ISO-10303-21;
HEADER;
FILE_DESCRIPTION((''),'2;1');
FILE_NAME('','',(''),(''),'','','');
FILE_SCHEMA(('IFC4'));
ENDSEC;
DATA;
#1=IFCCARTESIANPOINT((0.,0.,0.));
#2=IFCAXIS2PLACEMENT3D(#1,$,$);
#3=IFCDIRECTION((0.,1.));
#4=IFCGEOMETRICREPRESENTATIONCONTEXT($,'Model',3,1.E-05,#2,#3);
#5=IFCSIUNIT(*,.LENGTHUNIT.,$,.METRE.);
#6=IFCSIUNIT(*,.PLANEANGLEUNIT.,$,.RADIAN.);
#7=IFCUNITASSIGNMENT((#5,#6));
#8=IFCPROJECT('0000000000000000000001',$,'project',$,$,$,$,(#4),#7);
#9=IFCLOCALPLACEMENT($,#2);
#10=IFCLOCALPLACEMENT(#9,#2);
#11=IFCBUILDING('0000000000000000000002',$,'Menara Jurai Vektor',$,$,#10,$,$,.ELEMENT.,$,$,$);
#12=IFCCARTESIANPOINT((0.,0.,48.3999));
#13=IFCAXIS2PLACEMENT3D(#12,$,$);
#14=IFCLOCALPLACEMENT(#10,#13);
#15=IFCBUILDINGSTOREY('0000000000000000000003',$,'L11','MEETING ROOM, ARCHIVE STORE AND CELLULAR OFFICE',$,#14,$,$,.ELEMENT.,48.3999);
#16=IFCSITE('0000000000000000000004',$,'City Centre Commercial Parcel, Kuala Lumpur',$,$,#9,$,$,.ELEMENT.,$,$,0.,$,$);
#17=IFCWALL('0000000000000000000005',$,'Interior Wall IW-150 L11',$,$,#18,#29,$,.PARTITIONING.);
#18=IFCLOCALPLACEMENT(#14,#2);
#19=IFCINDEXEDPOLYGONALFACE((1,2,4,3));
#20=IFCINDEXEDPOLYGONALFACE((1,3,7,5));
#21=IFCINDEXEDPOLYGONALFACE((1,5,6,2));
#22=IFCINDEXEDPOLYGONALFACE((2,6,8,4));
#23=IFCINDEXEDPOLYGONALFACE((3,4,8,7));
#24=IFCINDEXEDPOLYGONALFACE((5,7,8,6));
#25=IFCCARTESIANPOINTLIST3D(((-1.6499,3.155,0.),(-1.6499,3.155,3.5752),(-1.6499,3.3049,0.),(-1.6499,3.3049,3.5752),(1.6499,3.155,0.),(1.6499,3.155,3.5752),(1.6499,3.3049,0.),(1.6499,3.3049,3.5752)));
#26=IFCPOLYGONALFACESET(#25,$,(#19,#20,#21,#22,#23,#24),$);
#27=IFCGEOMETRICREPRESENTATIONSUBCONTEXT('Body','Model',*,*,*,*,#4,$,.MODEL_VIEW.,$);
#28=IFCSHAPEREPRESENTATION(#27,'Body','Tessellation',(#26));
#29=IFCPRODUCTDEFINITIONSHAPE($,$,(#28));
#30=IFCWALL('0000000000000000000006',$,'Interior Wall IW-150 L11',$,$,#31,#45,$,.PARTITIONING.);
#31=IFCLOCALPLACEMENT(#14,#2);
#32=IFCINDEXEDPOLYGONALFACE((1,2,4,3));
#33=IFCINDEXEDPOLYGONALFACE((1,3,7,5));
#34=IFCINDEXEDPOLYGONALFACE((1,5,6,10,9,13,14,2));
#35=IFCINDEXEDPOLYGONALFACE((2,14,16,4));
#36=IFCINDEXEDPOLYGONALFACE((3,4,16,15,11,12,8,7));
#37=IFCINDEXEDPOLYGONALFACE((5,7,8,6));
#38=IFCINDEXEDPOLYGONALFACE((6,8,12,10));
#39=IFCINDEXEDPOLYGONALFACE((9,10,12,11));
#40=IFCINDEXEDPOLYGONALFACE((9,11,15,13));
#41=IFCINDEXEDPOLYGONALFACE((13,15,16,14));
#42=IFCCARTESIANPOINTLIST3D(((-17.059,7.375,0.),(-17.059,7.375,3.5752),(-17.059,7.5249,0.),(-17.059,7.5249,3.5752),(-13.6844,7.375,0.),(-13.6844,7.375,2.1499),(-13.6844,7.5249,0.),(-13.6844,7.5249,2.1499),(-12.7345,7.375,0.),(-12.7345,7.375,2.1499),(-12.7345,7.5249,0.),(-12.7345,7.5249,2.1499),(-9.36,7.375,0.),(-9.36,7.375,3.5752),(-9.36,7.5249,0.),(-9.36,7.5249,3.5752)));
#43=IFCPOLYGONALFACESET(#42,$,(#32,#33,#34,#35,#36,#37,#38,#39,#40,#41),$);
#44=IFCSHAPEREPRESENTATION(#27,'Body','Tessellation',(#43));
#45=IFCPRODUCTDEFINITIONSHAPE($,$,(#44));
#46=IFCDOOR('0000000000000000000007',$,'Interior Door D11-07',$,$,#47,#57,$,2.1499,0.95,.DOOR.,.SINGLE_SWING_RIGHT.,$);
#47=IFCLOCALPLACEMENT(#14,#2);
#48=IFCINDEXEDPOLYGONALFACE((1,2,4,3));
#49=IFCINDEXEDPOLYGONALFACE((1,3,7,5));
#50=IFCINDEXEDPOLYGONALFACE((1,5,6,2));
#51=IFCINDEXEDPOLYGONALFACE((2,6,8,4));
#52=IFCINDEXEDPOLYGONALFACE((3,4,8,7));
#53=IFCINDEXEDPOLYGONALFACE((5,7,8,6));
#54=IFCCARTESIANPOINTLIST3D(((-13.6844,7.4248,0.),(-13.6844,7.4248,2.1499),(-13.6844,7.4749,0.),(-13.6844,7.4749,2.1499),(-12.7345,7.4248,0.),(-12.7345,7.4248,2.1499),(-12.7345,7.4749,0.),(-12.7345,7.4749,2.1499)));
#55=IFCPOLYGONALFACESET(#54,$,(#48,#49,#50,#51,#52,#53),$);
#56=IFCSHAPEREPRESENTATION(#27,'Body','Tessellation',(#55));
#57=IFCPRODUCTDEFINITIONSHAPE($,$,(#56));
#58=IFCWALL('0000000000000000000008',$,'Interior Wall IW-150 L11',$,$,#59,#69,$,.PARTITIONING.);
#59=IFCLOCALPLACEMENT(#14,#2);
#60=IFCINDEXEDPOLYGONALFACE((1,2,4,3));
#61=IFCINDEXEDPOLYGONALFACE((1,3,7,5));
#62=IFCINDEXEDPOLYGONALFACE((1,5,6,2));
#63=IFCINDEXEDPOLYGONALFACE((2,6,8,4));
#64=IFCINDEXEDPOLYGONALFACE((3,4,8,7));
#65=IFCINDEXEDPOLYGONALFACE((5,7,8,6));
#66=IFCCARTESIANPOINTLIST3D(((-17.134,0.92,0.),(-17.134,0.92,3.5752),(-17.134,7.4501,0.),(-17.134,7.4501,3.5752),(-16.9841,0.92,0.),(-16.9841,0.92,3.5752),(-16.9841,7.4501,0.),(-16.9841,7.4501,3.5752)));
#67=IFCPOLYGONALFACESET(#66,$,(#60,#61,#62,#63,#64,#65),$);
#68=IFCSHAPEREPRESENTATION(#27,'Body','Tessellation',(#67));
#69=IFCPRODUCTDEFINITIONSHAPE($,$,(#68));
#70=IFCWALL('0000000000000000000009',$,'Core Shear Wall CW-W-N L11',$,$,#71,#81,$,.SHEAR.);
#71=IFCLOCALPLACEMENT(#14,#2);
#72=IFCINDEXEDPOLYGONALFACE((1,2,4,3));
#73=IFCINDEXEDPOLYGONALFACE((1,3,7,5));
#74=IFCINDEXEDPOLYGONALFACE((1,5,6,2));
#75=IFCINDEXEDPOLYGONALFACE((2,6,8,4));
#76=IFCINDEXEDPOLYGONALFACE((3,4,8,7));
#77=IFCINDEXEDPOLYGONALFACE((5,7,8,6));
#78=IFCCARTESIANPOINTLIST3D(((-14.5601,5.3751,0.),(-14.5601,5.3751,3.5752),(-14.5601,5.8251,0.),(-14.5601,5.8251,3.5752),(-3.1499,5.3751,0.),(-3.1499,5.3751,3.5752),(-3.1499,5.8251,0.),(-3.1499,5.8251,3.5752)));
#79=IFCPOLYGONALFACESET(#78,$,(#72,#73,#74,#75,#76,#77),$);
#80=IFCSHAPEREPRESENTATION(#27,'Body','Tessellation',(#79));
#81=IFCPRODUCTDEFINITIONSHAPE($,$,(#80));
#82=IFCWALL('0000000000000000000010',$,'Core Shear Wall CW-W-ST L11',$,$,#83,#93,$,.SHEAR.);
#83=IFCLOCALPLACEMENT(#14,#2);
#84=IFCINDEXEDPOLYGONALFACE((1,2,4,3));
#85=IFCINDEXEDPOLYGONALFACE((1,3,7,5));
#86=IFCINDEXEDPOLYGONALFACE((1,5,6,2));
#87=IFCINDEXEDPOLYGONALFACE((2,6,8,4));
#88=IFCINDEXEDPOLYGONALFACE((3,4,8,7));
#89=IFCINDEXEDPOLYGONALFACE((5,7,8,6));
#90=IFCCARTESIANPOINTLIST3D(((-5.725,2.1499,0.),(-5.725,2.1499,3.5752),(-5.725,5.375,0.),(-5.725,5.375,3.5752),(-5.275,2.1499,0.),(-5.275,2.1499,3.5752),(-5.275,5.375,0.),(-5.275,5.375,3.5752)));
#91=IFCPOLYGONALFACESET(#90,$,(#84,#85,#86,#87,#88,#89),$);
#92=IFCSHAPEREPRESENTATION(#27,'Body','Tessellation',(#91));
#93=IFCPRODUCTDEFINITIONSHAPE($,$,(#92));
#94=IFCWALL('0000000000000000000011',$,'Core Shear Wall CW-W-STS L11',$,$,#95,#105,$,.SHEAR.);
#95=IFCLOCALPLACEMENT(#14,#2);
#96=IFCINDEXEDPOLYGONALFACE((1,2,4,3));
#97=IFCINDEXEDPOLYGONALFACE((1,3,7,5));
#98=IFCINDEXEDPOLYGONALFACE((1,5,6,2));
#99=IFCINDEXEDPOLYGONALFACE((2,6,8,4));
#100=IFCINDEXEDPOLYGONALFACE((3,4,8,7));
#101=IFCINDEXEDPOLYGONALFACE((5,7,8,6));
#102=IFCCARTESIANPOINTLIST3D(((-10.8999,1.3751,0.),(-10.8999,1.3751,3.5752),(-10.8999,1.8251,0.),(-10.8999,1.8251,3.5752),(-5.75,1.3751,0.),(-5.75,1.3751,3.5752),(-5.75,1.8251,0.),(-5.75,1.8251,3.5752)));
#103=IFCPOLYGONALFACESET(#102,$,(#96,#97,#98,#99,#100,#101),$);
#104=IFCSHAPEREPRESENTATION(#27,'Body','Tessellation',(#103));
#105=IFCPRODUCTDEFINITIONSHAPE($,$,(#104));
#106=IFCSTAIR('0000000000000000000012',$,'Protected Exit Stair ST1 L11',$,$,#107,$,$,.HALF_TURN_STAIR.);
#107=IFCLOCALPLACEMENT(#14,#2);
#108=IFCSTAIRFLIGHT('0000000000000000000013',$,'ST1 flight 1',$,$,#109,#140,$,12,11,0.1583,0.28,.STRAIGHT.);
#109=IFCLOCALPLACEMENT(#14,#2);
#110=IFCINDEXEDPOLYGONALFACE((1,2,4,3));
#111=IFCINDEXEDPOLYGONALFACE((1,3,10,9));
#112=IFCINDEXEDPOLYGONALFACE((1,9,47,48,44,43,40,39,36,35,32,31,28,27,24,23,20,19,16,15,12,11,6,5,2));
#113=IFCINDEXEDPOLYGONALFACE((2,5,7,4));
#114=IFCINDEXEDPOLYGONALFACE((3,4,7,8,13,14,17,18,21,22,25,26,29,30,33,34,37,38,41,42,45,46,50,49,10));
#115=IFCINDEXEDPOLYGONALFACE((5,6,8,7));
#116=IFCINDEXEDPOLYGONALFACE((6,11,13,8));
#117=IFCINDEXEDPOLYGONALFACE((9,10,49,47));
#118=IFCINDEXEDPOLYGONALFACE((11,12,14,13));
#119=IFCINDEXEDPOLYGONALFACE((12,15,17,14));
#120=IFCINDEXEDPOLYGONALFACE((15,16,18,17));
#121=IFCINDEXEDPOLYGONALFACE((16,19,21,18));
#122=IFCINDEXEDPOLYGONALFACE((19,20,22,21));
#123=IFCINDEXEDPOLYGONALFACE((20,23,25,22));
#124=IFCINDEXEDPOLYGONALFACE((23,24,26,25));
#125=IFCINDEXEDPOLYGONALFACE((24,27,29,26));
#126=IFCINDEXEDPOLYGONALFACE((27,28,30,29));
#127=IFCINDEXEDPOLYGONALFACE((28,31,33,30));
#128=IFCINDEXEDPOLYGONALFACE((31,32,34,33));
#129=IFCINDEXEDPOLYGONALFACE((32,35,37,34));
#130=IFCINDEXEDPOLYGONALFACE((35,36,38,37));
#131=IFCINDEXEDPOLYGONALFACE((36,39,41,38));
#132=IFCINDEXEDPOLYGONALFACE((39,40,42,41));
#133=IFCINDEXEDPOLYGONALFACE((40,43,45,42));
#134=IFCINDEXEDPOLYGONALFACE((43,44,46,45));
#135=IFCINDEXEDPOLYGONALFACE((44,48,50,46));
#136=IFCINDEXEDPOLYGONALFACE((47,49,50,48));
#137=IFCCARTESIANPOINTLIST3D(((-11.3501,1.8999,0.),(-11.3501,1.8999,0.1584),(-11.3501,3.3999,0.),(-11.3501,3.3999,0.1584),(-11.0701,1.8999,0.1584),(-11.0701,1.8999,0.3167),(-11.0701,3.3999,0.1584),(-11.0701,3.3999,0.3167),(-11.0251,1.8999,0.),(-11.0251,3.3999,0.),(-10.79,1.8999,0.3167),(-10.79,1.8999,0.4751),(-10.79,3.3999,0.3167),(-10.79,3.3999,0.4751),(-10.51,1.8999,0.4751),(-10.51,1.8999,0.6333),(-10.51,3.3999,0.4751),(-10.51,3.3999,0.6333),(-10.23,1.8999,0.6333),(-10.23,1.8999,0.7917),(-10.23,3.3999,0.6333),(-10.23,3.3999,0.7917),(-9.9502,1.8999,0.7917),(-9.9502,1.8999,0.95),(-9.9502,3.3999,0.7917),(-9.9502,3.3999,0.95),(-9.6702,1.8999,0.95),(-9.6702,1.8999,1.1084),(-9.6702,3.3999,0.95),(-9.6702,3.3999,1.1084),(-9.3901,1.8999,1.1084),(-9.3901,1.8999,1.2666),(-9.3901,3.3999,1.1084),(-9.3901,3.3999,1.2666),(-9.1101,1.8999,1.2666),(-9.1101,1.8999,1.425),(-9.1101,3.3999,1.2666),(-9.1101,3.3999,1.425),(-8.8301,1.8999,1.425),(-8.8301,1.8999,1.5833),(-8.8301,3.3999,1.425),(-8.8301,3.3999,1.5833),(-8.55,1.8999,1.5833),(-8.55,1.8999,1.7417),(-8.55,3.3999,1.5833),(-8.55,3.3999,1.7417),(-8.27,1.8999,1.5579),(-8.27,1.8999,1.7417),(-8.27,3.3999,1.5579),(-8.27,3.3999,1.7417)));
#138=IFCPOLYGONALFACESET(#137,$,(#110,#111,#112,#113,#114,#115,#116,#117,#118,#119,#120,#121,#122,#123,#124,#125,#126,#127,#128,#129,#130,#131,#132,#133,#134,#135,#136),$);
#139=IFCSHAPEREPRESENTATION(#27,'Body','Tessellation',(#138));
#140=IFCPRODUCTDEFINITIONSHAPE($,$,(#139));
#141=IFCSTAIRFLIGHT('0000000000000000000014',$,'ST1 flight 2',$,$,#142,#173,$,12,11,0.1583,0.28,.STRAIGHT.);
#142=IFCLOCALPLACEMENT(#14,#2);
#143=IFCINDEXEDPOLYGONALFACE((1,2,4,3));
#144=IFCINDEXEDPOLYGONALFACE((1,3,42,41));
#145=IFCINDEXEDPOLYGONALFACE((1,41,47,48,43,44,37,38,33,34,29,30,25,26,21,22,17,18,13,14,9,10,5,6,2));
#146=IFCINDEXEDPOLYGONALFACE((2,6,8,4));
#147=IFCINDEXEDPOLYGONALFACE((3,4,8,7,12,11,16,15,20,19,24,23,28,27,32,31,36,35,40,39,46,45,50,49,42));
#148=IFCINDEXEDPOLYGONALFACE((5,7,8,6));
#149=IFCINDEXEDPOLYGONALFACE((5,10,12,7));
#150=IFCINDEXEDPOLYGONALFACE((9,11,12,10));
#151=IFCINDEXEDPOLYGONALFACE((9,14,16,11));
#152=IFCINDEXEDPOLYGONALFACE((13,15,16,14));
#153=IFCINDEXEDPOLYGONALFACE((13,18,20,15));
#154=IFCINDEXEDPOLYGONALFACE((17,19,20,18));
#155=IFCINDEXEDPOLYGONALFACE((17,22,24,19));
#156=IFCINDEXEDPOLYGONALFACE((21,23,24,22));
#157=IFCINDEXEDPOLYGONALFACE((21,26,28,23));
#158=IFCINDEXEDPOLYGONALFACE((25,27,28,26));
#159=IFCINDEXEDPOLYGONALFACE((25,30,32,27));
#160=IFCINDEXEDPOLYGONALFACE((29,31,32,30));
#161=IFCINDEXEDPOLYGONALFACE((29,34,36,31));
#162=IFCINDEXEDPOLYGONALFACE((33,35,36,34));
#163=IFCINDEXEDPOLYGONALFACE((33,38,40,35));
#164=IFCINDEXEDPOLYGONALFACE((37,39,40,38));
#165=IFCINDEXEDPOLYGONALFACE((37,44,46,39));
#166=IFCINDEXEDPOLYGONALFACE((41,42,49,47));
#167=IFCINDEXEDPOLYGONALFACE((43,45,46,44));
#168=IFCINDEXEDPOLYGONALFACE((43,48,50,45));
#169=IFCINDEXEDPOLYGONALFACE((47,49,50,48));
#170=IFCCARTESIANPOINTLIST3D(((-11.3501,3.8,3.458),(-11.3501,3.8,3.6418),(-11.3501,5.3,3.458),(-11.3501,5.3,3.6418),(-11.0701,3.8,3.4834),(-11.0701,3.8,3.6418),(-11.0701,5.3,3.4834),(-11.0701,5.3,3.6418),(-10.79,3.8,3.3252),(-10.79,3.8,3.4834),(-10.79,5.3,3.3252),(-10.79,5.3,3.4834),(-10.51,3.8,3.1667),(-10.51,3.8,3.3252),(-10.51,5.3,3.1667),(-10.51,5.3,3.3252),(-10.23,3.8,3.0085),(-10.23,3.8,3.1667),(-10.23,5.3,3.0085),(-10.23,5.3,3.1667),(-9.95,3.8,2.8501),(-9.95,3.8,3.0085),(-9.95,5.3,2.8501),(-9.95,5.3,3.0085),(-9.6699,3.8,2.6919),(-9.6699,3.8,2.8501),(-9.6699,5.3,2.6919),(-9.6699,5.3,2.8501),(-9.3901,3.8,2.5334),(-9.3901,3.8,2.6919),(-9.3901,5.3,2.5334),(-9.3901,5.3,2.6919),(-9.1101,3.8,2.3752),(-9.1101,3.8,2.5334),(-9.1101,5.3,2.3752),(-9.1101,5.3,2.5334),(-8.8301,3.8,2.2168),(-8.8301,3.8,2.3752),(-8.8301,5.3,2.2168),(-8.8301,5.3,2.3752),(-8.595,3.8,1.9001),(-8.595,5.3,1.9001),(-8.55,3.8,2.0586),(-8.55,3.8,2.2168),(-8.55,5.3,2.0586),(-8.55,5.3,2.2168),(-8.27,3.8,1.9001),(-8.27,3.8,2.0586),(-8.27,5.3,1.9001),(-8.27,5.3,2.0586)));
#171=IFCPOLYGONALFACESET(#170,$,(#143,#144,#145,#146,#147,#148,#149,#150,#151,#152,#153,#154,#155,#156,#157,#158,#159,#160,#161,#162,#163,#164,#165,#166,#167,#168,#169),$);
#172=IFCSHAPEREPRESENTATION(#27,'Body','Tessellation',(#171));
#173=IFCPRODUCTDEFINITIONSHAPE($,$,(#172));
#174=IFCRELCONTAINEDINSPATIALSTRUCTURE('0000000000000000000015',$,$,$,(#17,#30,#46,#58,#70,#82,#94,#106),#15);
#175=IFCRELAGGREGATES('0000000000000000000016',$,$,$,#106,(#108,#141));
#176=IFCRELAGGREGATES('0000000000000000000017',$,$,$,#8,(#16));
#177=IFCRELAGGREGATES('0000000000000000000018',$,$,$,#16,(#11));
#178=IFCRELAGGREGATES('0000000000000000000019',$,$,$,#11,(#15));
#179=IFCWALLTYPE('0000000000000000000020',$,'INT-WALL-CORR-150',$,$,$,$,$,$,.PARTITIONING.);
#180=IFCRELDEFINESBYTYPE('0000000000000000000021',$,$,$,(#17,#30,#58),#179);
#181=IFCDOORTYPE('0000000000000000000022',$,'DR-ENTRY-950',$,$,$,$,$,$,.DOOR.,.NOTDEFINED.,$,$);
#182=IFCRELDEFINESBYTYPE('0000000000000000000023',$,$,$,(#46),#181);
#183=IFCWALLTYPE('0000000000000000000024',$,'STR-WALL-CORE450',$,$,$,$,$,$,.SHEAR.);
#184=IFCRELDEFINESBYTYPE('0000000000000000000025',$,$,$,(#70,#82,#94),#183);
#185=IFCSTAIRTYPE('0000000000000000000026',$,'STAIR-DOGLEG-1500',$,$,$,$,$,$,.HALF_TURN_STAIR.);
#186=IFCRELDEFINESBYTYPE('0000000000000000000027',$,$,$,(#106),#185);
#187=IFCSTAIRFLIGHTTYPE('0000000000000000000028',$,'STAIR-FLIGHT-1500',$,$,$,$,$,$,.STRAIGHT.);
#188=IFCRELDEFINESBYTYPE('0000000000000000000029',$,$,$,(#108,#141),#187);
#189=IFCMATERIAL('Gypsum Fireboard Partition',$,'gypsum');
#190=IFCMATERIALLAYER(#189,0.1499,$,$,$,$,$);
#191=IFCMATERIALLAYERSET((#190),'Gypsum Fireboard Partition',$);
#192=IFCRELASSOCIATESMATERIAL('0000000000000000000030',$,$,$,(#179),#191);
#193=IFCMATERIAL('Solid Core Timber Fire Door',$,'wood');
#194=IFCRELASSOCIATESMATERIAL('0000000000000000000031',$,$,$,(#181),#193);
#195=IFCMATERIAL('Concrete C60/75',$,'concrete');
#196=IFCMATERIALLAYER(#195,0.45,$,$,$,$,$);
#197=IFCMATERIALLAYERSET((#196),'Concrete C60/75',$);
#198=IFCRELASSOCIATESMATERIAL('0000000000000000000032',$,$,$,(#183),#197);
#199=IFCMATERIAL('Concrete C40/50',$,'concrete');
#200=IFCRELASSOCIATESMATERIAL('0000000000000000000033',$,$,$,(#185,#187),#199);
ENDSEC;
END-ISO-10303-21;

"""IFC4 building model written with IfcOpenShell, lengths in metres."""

from ifc_helpers import new_model, si_unit, direction, frame, frame_2d, origin, place, context, subcontext, project, spatial, polyline, rectangle, outline, extrude, material, layer, layer_set, type_object, element, fill, aggregate, save


model = new_model("IFC4")

# Units and contexts
model_context = context("Model", 3, precision=1e-05, world=origin(), true_north=direction((0.0, 1.0)))
body_context = subcontext(model_context, "Body", "Model", "MODEL_VIEW")
ifc_project = project(units=[si_unit("LENGTHUNIT", "METRE"), si_unit("PLANEANGLEUNIT", "RADIAN")], contexts=[model_context])

# Site, building, storey
site_placement = place(None, origin())
site = spatial("IfcSite", under=ifc_project, at=site_placement, Name="City Centre Commercial Parcel, Kuala Lumpur", CompositionType="ELEMENT", RefElevation=0.0)
building_placement = place(site_placement, origin())
building = spatial("IfcBuilding", under=site, at=building_placement, Name="Menara Jurai Vektor", CompositionType="ELEMENT")
storey_placement = place(building_placement, frame((0.0, 0.0, 48.3999)))
storey = spatial("IfcBuildingStorey", under=building, at=storey_placement, Name="L11", Description="MEETING ROOM, ARCHIVE STORE AND CELLULAR OFFICE", CompositionType="ELEMENT", Elevation=48.3999)

# Shared definitions
ifc_material_1 = material(Name="Concrete C60/75", Category="concrete")

# Shared definitions
ifc_material_2 = material(Name="Concrete C40/50", Category="concrete")

# Wall
ifc_material_3 = material(Name="Gypsum Fireboard Partition", Category="gypsum")
ifc_layer_1 = layer(ifc_material_3, 0.1499)
ifc_layer_set_1 = layer_set([ifc_layer_1], Name="Gypsum Fireboard Partition")
wall_type_1 = type_object("IfcWallType", Name="INT-WALL-CORR-150", PredefinedType="PARTITIONING", material=ifc_layer_set_1)
wall_1_placement = place(storey_placement, frame((-1.6499, 3.23, 0.0), z_axis=(0.0, 0.0, 1.0), x_axis=(1.0, 0.0, 0.0)))
element("IfcWall", 1, at=wall_1_placement, inside=storey, type_object=wall_type_1, Name="Interior Wall IW-150 L11", PredefinedType="PARTITIONING", context=body_context, shape_type="SweptSolid", body=[
    extrude(rectangle(XDim=3.2998, YDim=0.1499, at=frame_2d((1.6499, 0.0))), origin(), (0.0, 0.0, 1.0), 3.5752),
])

# Wall, opening, door
wall_2_placement = place(storey_placement, frame((-17.0591, 7.45, 0.0), z_axis=(0.0, 0.0, 1.0), x_axis=(1.0, 0.0, 0.0)))
wall_2 = element("IfcWall", 2, at=wall_2_placement, inside=storey, type_object=wall_type_1, Name="Interior Wall IW-150 L11", PredefinedType="PARTITIONING", context=body_context, shape_type="SweptSolid", body=[
    extrude(rectangle(XDim=7.699, YDim=0.1499, at=frame_2d((3.8496, 0.0))), origin(), (0.0, 0.0, 1.0), 3.5752),
])
opening_1_placement = place(wall_2_placement, frame((3.3745, 0.0, 0.0)))
opening_1 = element("IfcOpeningElement", 3, at=opening_1_placement, cuts=wall_2, PredefinedType="OPENING", context=body_context, shape_type="SweptSolid", body=[
    extrude(rectangle(XDim=0.95, YDim=2.1499, at=frame_2d((0.4751, 1.075))), frame((0.0, 0.085, 0.0), z_axis=(0.0, -1.0, 0.0), x_axis=(1.0, 0.0, 0.0)), (0.0, 0.0, 1.0), 0.1699),
])
ifc_material_4 = material(Name="Solid Core Timber Fire Door", Category="wood")
door_type_1 = type_object("IfcDoorType", Name="DR-ENTRY-950", OperationType="NOTDEFINED", PredefinedType="DOOR", material=ifc_material_4)
door_1_placement = place(opening_1_placement, origin())
door_1 = element("IfcDoor", 4, at=door_1_placement, inside=storey, type_object=door_type_1, Name="Interior Door D11-07", OperationType="SINGLE_SWING_RIGHT", OverallHeight=2.1499, OverallWidth=0.95, PredefinedType="DOOR", context=body_context, shape_type="SweptSolid", body=[
    extrude(rectangle(XDim=0.95, YDim=2.1499, at=frame_2d((0.4751, 1.075))), frame((0.0, 0.0249, 0.0), z_axis=(0.0, -1.0, 0.0), x_axis=(1.0, 0.0, 0.0)), (0.0, 0.0, 1.0), 0.05),
])
fill(opening_1, door_1)

# Walls
wall_3_placement = place(storey_placement, frame((-17.0591, 0.9199, 0.0), z_axis=(0.0, 0.0, 1.0), x_axis=(0.0, 1.0, 0.0)))
element("IfcWall", 5, at=wall_3_placement, inside=storey, type_object=wall_type_1, Name="Interior Wall IW-150 L11", PredefinedType="PARTITIONING", context=body_context, shape_type="SweptSolid", body=[
    extrude(rectangle(XDim=6.53, YDim=0.1499, at=frame_2d((3.2651, 0.0))), origin(), (0.0, 0.0, 1.0), 3.5752),
])
ifc_layer_2 = layer(ifc_material_1, 0.45)
ifc_layer_set_2 = layer_set([ifc_layer_2], Name="Concrete C60/75")
wall_type_2 = type_object("IfcWallType", Name="STR-WALL-CORE450", PredefinedType="SHEAR", material=ifc_layer_set_2)
wall_4_placement = place(storey_placement, frame((-14.5601, 5.6001, 0.0), z_axis=(0.0, 0.0, 1.0), x_axis=(1.0, 0.0, 0.0)))
element("IfcWall", 6, at=wall_4_placement, inside=storey, type_object=wall_type_2, Name="Core Shear Wall CW-W-N L11", PredefinedType="SHEAR", context=body_context, shape_type="SweptSolid", body=[
    extrude(rectangle(XDim=11.4102, YDim=0.45, at=frame_2d((5.7051, 0.0))), origin(), (0.0, 0.0, 1.0), 3.5752),
])
wall_5_placement = place(storey_placement, frame((-5.5, 2.1499, 0.0), z_axis=(0.0, 0.0, 1.0), x_axis=(0.0, 1.0, 0.0)))
element("IfcWall", 7, at=wall_5_placement, inside=storey, type_object=wall_type_2, Name="Core Shear Wall CW-W-ST L11", PredefinedType="SHEAR", context=body_context, shape_type="SweptSolid", body=[
    extrude(rectangle(XDim=3.2251, YDim=0.45, at=frame_2d((1.6125, 0.0))), origin(), (0.0, 0.0, 1.0), 3.5752),
])
wall_6_placement = place(storey_placement, frame((-10.8999, 1.6001, 0.0), z_axis=(0.0, 0.0, 1.0), x_axis=(1.0, 0.0, 0.0)))
element("IfcWall", 8, at=wall_6_placement, inside=storey, type_object=wall_type_2, Name="Core Shear Wall CW-W-STS L11", PredefinedType="SHEAR", context=body_context, shape_type="SweptSolid", body=[
    extrude(rectangle(XDim=5.1499, YDim=0.45, at=frame_2d((2.575, 0.0))), origin(), (0.0, 0.0, 1.0), 3.5752),
])

# Stair, stair flights
stair_type = type_object("IfcStairType", Name="STAIR-DOGLEG-1500", PredefinedType="HALF_TURN_STAIR", material=ifc_material_2)
stair_placement = place(storey_placement, origin())
stair = element("IfcStair", 9, at=stair_placement, inside=storey, type_object=stair_type, Name="Protected Exit Stair ST1 L11", PredefinedType="HALF_TURN_STAIR")
stair_flight_type = type_object("IfcStairFlightType", Name="STAIR-FLIGHT-1500", PredefinedType="STRAIGHT", material=ifc_material_2)
stair_flight_1_placement = place(storey_placement, frame((-11.3501, 2.6499, 0.0), z_axis=(0.0, 0.0, 1.0), x_axis=(1.0, 0.0, 0.0)))
stair_flight_1 = element("IfcStairFlight", 10, at=stair_flight_1_placement, type_object=stair_flight_type, Name="ST1 flight 1", NumberOfRisers=12, NumberOfTreads=11, PredefinedType="STRAIGHT", RiserHeight=0.1583, TreadLength=0.28, context=body_context, shape_type="SweptSolid", body=[
    extrude(outline(polyline([(0.0, 0.0), (0.0, 0.1584), (0.28, 0.1584), (0.28, 0.3167), (0.5601, 0.3167), (0.5601, 0.4751), (0.8401, 0.4751), (0.8401, 0.6333), (1.1201, 0.6333), (1.1201, 0.7917), (1.3999, 0.7917), (1.3999, 0.95), (1.6799, 0.95), (1.6799, 1.1084), (1.96, 1.1084), (1.96, 1.2666), (2.24, 1.2666), (2.24, 1.425), (2.52, 1.425), (2.52, 1.5833), (2.8, 1.5833), (2.8, 1.7417), (3.0801, 1.7417), (3.0801, 1.8999), (3.0801, 1.5579), (0.325, 0.0), (0.0, 0.0)])), frame((0.0, 0.75, 0.0), z_axis=(0.0, -1.0, 0.0), x_axis=(1.0, 0.0, 0.0)), (0.0, 0.0, 1.0), 1.5),
])
stair_flight_2_placement = place(storey_placement, frame((-8.27, 4.55, 1.9001), z_axis=(0.0, 0.0, 1.0), x_axis=(-1.0, 0.0, 0.0)))
stair_flight_2 = element("IfcStairFlight", 11, at=stair_flight_2_placement, type_object=stair_flight_type, Name="ST1 flight 2", NumberOfRisers=12, NumberOfTreads=11, PredefinedType="STRAIGHT", RiserHeight=0.1583, TreadLength=0.28, context=body_context, shape_type="SweptSolid", body=[
    extrude(outline(polyline([(0.0, 0.0), (0.0, 0.1584), (0.28, 0.1584), (0.28, 0.3167), (0.5601, 0.3167), (0.5601, 0.4751), (0.8401, 0.4751), (0.8401, 0.6333), (1.1201, 0.6333), (1.1201, 0.7917), (1.3999, 0.7917), (1.3999, 0.95), (1.6799, 0.95), (1.6799, 1.1084), (1.96, 1.1084), (1.96, 1.2666), (2.24, 1.2666), (2.24, 1.425), (2.52, 1.425), (2.52, 1.5833), (2.8, 1.5833), (2.8, 1.7417), (3.0801, 1.7417), (3.0801, 1.8999), (3.0801, 1.5579), (0.325, 0.0), (0.0, 0.0)])), frame((0.0, 0.75, 0.0), z_axis=(0.0, -1.0, 0.0), x_axis=(1.0, 0.0, 0.0)), (0.0, 0.0, 1.0), 1.5),
])
aggregate(stair, [stair_flight_1, stair_flight_2])

save(model, "model.ifc")
